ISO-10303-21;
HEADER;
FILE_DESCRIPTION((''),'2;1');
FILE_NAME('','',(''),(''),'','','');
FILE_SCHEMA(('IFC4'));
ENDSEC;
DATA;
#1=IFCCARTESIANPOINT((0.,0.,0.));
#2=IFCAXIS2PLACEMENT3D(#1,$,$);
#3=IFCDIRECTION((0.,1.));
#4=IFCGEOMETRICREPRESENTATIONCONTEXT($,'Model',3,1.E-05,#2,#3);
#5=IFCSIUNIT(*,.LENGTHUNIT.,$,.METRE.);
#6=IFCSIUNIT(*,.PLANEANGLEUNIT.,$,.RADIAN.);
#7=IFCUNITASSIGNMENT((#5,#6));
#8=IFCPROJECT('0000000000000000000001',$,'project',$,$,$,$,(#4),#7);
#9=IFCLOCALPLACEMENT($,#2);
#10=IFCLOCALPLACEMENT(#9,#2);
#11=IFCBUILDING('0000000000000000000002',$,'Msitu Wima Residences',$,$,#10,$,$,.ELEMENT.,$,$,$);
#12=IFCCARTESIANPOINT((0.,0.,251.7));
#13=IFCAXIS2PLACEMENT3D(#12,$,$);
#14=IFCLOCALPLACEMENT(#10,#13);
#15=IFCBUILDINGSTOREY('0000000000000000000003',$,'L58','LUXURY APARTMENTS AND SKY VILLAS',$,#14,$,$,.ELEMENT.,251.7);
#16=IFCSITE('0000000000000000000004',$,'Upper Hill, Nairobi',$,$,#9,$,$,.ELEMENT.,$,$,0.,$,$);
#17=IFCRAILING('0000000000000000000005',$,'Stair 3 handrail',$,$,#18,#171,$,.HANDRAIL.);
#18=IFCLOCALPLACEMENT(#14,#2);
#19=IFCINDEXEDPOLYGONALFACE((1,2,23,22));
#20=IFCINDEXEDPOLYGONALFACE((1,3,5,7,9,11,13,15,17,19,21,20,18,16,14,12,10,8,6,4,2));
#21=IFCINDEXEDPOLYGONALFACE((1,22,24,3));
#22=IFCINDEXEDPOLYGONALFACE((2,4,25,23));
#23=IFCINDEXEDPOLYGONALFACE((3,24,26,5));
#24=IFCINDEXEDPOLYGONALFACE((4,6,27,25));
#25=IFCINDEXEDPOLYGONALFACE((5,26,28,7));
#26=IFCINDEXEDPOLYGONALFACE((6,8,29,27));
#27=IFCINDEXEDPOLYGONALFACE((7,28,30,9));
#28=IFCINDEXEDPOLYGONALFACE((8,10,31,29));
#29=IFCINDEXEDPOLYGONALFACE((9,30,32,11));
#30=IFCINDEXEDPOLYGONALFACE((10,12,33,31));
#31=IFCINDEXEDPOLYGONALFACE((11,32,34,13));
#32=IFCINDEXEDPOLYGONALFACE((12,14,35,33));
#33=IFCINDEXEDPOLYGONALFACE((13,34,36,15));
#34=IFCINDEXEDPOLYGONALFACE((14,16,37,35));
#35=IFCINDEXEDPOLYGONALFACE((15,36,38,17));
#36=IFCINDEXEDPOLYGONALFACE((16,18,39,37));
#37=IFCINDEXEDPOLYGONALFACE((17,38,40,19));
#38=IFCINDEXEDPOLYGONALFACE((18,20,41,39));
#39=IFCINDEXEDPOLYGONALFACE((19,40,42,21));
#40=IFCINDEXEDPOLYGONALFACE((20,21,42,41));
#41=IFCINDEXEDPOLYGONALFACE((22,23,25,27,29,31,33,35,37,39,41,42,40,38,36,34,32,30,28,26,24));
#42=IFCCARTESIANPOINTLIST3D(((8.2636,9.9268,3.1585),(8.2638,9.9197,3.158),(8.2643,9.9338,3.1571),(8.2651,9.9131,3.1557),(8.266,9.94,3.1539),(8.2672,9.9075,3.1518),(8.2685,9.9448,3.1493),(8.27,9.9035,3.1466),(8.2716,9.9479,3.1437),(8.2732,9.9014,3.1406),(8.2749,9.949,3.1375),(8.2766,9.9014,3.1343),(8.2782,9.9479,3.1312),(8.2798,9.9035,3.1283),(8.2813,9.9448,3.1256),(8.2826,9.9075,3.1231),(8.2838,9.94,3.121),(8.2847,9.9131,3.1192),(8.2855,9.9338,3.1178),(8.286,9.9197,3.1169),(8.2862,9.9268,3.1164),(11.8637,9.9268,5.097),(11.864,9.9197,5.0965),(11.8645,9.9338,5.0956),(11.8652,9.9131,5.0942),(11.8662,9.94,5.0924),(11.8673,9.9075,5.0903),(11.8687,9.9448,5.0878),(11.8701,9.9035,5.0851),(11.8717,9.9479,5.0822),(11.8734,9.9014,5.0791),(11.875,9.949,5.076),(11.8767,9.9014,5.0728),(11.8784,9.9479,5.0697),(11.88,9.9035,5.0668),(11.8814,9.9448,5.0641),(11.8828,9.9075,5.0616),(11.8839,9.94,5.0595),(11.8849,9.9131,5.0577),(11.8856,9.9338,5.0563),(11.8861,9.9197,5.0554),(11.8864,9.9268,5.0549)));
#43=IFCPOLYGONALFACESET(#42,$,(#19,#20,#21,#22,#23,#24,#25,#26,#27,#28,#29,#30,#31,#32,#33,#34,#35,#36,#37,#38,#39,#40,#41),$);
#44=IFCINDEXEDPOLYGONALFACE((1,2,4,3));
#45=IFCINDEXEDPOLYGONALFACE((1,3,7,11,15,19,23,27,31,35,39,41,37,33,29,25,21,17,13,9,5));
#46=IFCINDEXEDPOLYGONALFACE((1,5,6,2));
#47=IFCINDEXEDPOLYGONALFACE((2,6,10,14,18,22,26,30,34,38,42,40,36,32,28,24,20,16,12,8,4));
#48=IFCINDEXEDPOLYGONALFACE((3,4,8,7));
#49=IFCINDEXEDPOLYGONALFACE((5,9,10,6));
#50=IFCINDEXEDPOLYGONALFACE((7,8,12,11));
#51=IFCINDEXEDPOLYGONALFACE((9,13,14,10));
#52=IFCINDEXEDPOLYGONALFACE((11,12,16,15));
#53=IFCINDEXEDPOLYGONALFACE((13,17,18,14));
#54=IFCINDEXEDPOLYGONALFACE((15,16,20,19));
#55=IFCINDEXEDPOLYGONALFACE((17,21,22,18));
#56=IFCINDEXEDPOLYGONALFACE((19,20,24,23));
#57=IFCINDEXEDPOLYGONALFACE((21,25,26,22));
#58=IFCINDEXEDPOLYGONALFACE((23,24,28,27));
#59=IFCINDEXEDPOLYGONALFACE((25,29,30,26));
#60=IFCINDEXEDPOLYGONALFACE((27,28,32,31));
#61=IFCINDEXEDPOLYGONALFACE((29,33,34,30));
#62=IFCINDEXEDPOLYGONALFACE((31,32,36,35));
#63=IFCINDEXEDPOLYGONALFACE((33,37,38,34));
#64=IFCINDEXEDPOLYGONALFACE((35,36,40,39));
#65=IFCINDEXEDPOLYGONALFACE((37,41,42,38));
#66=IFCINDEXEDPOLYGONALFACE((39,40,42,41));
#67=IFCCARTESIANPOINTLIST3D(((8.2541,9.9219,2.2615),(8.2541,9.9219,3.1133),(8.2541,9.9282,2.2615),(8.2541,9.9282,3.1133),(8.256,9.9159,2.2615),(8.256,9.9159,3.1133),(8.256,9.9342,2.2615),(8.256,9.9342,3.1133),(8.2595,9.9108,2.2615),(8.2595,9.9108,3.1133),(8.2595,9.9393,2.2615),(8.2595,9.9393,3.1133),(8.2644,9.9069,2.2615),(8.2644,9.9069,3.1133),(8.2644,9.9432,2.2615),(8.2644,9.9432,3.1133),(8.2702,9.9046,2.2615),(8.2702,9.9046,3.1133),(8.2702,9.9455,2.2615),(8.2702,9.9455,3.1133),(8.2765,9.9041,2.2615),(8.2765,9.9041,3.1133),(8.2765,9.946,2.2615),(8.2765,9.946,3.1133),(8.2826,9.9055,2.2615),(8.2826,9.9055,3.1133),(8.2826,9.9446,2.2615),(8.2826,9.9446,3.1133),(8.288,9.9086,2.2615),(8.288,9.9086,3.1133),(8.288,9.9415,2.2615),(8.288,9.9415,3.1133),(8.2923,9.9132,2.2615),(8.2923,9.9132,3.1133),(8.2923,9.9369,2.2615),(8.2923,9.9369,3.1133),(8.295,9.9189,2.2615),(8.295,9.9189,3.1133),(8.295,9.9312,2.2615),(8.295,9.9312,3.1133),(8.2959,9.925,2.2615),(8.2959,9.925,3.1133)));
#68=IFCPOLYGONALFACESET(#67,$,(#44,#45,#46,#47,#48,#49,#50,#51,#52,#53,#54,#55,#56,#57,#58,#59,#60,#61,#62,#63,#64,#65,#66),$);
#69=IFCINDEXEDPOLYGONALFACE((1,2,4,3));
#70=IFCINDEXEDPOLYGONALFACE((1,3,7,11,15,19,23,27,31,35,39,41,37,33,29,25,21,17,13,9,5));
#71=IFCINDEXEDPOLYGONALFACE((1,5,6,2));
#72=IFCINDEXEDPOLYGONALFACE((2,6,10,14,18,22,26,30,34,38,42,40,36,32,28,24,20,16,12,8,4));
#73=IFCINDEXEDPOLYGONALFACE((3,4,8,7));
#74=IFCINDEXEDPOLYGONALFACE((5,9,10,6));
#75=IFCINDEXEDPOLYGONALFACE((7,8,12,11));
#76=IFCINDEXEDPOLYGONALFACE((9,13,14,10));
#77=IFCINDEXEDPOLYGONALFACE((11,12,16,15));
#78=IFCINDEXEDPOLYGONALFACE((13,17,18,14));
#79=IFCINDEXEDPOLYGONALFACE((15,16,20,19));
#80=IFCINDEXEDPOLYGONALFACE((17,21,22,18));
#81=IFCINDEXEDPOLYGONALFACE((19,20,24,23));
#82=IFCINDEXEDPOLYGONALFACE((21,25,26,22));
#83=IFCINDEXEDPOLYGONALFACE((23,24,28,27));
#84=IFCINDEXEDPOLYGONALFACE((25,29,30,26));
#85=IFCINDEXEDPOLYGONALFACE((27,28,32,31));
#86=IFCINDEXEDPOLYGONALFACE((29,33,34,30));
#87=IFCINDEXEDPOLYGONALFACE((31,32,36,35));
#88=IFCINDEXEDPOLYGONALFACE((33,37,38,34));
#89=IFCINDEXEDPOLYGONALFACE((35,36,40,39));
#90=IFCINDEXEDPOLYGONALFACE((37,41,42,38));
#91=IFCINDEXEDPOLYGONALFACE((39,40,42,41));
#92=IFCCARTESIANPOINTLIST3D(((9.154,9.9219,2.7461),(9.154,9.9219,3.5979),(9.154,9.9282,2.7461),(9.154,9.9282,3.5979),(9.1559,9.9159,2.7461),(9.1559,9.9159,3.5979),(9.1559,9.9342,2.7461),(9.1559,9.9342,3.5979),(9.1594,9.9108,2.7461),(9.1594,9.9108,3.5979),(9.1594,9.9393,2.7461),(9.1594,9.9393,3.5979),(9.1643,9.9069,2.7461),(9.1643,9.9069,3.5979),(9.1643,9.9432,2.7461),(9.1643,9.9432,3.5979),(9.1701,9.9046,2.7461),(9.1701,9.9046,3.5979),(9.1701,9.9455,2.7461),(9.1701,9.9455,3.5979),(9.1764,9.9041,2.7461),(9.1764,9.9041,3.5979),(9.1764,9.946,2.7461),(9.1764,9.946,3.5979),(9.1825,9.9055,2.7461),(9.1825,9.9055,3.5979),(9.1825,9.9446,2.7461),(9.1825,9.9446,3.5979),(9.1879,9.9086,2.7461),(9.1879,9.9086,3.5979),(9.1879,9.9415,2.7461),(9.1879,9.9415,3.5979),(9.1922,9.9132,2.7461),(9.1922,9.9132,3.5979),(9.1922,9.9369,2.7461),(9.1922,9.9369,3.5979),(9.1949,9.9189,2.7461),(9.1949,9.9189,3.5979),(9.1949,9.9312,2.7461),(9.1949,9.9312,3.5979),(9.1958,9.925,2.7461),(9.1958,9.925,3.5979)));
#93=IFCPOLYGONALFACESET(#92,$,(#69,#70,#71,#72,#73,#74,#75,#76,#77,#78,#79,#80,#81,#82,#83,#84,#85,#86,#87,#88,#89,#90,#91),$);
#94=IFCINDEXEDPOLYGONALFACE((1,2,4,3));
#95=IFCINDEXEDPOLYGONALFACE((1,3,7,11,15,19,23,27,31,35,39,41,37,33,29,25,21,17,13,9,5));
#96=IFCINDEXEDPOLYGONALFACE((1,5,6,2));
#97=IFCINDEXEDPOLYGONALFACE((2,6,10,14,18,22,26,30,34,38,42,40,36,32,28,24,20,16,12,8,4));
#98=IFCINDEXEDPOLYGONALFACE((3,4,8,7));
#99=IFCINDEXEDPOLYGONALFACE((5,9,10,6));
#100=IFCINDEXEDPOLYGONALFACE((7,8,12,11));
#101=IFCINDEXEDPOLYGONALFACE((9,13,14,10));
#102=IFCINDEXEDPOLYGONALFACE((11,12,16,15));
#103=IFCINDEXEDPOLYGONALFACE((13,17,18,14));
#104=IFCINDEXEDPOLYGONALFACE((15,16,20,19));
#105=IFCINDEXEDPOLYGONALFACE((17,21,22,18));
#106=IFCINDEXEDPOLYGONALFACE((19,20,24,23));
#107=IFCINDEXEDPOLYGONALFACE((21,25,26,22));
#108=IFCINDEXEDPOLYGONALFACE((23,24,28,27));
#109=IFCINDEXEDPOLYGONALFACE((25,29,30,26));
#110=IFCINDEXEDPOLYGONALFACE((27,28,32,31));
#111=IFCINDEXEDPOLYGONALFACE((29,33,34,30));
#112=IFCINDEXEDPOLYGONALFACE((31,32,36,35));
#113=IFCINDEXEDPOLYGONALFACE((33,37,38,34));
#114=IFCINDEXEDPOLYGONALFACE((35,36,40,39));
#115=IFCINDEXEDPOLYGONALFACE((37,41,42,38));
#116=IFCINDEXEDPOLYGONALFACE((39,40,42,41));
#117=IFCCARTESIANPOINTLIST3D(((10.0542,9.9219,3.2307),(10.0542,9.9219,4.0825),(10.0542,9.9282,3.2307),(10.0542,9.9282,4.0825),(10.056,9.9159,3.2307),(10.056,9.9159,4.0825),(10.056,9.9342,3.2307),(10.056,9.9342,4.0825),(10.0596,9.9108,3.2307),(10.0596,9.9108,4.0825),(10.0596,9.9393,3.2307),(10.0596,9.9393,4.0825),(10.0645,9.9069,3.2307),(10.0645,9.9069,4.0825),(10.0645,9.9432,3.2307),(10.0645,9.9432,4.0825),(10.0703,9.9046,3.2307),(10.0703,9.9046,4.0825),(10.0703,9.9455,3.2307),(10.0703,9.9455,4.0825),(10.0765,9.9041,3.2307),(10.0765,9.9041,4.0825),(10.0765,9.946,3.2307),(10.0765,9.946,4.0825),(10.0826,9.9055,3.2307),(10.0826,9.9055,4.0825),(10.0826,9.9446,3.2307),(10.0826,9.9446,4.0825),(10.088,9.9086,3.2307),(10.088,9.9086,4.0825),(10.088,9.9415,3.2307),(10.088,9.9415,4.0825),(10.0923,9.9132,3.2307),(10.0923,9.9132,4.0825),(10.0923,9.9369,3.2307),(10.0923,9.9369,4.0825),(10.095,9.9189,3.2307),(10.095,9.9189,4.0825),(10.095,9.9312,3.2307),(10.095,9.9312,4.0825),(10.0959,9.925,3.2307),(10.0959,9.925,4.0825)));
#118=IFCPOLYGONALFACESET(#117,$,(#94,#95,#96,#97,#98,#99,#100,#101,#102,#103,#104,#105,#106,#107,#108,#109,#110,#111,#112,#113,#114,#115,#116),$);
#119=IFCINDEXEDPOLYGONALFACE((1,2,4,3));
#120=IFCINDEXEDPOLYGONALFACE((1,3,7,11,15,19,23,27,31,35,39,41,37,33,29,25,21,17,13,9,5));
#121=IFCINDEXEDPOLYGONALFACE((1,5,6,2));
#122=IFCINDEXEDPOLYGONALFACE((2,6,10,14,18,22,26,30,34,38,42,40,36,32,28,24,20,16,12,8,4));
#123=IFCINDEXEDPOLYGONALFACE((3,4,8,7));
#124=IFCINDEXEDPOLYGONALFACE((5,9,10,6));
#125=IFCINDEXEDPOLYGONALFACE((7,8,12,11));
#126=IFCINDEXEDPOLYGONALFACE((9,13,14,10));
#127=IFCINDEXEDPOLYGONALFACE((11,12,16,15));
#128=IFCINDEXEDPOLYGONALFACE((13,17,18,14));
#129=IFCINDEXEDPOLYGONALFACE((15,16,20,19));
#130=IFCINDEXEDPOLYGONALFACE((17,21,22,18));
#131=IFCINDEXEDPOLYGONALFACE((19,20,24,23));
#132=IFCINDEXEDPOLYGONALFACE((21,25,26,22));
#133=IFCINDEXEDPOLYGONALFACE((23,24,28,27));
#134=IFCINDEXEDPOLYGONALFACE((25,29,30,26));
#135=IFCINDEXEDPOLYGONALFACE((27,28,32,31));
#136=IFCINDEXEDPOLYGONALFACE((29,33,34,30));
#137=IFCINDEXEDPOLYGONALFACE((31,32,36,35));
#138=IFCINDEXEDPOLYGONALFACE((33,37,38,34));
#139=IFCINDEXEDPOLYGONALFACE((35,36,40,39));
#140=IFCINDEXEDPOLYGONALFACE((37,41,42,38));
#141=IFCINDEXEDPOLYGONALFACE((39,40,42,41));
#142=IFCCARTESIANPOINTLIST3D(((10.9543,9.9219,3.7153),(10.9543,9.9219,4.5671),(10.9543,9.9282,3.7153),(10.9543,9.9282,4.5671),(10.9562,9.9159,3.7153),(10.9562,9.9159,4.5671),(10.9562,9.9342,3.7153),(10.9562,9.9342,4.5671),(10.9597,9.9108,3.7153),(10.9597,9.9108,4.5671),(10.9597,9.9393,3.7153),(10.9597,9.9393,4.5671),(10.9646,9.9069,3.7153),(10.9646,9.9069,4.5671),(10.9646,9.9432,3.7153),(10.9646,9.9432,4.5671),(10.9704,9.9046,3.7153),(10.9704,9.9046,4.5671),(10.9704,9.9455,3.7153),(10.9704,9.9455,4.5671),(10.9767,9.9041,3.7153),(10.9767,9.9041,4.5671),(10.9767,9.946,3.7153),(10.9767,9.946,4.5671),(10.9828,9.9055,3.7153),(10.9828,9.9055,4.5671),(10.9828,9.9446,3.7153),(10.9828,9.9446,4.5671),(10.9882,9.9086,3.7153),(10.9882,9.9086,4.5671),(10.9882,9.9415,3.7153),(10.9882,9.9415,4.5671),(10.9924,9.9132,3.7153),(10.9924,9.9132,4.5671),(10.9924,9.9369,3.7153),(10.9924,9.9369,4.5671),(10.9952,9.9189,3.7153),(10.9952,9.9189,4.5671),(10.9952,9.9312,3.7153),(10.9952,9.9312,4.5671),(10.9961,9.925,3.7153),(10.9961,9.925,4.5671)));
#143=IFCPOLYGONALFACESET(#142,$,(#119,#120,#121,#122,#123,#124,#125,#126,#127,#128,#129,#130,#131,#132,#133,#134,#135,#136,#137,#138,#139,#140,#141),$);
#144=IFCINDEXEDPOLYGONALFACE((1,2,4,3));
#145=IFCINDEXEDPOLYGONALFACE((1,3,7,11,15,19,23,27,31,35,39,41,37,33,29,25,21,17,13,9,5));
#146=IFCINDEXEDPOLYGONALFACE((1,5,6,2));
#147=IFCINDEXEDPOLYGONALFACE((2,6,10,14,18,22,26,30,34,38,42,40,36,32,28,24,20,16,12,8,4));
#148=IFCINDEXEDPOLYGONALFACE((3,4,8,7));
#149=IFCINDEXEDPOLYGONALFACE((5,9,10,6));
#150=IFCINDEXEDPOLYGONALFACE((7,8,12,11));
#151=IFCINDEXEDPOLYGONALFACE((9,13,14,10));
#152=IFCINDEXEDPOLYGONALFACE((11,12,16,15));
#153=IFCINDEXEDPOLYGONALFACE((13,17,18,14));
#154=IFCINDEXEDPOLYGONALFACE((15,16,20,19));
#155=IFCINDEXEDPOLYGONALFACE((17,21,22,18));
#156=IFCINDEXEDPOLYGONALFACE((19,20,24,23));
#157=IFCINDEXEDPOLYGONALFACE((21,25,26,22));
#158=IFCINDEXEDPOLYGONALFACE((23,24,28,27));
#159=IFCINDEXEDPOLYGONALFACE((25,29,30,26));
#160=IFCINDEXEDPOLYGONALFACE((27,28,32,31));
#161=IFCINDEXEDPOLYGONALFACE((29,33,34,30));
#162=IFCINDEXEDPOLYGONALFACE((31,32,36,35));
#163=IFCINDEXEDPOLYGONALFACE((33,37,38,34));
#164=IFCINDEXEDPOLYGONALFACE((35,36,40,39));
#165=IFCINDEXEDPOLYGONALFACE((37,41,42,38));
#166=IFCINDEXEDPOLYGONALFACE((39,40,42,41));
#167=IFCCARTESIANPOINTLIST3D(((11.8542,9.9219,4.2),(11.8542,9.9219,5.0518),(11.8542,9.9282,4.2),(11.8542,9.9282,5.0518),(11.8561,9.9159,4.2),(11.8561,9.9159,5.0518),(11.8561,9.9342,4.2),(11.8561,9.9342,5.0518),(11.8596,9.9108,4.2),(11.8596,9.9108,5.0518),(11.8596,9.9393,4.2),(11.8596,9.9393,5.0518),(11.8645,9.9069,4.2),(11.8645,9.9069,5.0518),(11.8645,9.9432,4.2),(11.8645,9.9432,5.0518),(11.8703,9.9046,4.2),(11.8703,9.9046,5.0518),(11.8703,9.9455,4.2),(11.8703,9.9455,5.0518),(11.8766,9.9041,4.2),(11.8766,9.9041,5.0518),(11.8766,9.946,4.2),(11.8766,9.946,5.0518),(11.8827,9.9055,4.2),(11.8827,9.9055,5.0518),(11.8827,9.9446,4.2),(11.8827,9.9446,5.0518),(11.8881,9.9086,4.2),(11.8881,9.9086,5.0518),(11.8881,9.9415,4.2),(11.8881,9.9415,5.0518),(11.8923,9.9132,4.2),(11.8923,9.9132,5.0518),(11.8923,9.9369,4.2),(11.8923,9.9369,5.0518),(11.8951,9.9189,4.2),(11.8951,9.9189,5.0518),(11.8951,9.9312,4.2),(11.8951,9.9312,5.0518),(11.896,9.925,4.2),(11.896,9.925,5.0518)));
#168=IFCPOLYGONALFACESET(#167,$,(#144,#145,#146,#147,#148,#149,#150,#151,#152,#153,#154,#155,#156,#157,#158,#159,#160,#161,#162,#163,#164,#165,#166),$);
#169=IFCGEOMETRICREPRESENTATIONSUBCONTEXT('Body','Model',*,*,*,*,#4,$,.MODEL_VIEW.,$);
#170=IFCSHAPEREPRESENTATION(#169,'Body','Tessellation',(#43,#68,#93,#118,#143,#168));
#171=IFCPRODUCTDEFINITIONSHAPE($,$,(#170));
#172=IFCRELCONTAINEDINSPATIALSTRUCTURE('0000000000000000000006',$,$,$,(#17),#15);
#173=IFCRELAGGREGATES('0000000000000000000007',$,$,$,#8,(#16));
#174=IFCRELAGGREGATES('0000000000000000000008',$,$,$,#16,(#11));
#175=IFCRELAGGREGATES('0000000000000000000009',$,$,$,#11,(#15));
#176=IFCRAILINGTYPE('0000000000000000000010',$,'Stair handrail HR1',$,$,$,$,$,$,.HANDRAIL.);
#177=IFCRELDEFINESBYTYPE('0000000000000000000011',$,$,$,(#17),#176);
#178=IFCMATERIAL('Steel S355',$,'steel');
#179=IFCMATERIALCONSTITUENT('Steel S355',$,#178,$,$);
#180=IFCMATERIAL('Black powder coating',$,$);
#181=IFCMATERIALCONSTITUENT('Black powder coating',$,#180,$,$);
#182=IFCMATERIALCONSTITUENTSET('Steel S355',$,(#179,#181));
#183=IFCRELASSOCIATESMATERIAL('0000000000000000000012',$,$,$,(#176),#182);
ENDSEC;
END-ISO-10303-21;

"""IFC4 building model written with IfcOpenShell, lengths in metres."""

from ifc_helpers import new_model, si_unit, direction, frame, origin, origin_2d, place, context, subcontext, project, spatial, circle, extrude, material, constituent, constituent_set, type_object, element, save


model = new_model("IFC4")

# Units and contexts
model_context = context("Model", 3, precision=1e-05, world=origin(), true_north=direction((0.0, 1.0)))
body_context = subcontext(model_context, "Body", "Model", "MODEL_VIEW")
ifc_project = project(units=[si_unit("LENGTHUNIT", "METRE"), si_unit("PLANEANGLEUNIT", "RADIAN")], contexts=[model_context])

# Site, building, storey
site_placement = place(None, origin())
site = spatial("IfcSite", under=ifc_project, at=site_placement, Name="Upper Hill, Nairobi", CompositionType="ELEMENT", RefElevation=0.0)
building_placement = place(site_placement, origin())
building = spatial("IfcBuilding", under=site, at=building_placement, Name="Msitu Wima Residences", CompositionType="ELEMENT")
storey_placement = place(building_placement, frame((0.0, 0.0, 251.7)))
storey = spatial("IfcBuildingStorey", under=building, at=storey_placement, Name="L58", Description="LUXURY APARTMENTS AND SKY VILLAS", CompositionType="ELEMENT", Elevation=251.7)

# Railing
ifc_material_1 = material(Name="Steel S355", Category="steel")
ifc_constituent_1 = constituent(ifc_material_1, Name="Steel S355")
ifc_material_2 = material(Name="Black powder coating")
ifc_constituent_2 = constituent(ifc_material_2, Name="Black powder coating")
ifc_constituent_set = constituent_set(constituents=[ifc_constituent_1, ifc_constituent_2], Name="Steel S355")
railing_type = type_object("IfcRailingType", Name="Stair handrail HR1", PredefinedType="HANDRAIL", material=ifc_constituent_set)
for number, where, name in (
    (1, (8.2749, 9.925, 2.2615), "Stair 3 handrail"),
):
    element("IfcRailing", number, at=place(storey_placement, frame(where)), inside=storey, type_object=railing_type, Name=name, PredefinedType="HANDRAIL", context=body_context, shape_type="SweptSolid", body=[
        extrude(circle(Radius=0.0239, at=origin_2d()), frame((0.0, 0.0, 0.876), z_axis=(0.880475, 0.0, 0.474093), x_axis=(0.0, 1.0, 0.0)), (0.0, 0.0, 1.0), 4.0889),
        extrude(circle(Radius=0.021, at=origin_2d()), origin(), (0.0, 0.0, 1.0), 0.8518),
        extrude(circle(Radius=0.021, at=origin_2d()), frame((0.8999, 0.0, 0.4846)), (0.0, 0.0, 1.0), 0.8518),
        extrude(circle(Radius=0.021, at=origin_2d()), frame((1.8, 0.0, 0.9692)), (0.0, 0.0, 1.0), 0.8518),
        extrude(circle(Radius=0.021, at=origin_2d()), frame((2.7002, 0.0, 1.4539)), (0.0, 0.0, 1.0), 0.8518),
        extrude(circle(Radius=0.021, at=origin_2d()), frame((3.6001, 0.0, 1.9385)), (0.0, 0.0, 1.0), 0.8518),
    ])

save(model, "model.ifc")
